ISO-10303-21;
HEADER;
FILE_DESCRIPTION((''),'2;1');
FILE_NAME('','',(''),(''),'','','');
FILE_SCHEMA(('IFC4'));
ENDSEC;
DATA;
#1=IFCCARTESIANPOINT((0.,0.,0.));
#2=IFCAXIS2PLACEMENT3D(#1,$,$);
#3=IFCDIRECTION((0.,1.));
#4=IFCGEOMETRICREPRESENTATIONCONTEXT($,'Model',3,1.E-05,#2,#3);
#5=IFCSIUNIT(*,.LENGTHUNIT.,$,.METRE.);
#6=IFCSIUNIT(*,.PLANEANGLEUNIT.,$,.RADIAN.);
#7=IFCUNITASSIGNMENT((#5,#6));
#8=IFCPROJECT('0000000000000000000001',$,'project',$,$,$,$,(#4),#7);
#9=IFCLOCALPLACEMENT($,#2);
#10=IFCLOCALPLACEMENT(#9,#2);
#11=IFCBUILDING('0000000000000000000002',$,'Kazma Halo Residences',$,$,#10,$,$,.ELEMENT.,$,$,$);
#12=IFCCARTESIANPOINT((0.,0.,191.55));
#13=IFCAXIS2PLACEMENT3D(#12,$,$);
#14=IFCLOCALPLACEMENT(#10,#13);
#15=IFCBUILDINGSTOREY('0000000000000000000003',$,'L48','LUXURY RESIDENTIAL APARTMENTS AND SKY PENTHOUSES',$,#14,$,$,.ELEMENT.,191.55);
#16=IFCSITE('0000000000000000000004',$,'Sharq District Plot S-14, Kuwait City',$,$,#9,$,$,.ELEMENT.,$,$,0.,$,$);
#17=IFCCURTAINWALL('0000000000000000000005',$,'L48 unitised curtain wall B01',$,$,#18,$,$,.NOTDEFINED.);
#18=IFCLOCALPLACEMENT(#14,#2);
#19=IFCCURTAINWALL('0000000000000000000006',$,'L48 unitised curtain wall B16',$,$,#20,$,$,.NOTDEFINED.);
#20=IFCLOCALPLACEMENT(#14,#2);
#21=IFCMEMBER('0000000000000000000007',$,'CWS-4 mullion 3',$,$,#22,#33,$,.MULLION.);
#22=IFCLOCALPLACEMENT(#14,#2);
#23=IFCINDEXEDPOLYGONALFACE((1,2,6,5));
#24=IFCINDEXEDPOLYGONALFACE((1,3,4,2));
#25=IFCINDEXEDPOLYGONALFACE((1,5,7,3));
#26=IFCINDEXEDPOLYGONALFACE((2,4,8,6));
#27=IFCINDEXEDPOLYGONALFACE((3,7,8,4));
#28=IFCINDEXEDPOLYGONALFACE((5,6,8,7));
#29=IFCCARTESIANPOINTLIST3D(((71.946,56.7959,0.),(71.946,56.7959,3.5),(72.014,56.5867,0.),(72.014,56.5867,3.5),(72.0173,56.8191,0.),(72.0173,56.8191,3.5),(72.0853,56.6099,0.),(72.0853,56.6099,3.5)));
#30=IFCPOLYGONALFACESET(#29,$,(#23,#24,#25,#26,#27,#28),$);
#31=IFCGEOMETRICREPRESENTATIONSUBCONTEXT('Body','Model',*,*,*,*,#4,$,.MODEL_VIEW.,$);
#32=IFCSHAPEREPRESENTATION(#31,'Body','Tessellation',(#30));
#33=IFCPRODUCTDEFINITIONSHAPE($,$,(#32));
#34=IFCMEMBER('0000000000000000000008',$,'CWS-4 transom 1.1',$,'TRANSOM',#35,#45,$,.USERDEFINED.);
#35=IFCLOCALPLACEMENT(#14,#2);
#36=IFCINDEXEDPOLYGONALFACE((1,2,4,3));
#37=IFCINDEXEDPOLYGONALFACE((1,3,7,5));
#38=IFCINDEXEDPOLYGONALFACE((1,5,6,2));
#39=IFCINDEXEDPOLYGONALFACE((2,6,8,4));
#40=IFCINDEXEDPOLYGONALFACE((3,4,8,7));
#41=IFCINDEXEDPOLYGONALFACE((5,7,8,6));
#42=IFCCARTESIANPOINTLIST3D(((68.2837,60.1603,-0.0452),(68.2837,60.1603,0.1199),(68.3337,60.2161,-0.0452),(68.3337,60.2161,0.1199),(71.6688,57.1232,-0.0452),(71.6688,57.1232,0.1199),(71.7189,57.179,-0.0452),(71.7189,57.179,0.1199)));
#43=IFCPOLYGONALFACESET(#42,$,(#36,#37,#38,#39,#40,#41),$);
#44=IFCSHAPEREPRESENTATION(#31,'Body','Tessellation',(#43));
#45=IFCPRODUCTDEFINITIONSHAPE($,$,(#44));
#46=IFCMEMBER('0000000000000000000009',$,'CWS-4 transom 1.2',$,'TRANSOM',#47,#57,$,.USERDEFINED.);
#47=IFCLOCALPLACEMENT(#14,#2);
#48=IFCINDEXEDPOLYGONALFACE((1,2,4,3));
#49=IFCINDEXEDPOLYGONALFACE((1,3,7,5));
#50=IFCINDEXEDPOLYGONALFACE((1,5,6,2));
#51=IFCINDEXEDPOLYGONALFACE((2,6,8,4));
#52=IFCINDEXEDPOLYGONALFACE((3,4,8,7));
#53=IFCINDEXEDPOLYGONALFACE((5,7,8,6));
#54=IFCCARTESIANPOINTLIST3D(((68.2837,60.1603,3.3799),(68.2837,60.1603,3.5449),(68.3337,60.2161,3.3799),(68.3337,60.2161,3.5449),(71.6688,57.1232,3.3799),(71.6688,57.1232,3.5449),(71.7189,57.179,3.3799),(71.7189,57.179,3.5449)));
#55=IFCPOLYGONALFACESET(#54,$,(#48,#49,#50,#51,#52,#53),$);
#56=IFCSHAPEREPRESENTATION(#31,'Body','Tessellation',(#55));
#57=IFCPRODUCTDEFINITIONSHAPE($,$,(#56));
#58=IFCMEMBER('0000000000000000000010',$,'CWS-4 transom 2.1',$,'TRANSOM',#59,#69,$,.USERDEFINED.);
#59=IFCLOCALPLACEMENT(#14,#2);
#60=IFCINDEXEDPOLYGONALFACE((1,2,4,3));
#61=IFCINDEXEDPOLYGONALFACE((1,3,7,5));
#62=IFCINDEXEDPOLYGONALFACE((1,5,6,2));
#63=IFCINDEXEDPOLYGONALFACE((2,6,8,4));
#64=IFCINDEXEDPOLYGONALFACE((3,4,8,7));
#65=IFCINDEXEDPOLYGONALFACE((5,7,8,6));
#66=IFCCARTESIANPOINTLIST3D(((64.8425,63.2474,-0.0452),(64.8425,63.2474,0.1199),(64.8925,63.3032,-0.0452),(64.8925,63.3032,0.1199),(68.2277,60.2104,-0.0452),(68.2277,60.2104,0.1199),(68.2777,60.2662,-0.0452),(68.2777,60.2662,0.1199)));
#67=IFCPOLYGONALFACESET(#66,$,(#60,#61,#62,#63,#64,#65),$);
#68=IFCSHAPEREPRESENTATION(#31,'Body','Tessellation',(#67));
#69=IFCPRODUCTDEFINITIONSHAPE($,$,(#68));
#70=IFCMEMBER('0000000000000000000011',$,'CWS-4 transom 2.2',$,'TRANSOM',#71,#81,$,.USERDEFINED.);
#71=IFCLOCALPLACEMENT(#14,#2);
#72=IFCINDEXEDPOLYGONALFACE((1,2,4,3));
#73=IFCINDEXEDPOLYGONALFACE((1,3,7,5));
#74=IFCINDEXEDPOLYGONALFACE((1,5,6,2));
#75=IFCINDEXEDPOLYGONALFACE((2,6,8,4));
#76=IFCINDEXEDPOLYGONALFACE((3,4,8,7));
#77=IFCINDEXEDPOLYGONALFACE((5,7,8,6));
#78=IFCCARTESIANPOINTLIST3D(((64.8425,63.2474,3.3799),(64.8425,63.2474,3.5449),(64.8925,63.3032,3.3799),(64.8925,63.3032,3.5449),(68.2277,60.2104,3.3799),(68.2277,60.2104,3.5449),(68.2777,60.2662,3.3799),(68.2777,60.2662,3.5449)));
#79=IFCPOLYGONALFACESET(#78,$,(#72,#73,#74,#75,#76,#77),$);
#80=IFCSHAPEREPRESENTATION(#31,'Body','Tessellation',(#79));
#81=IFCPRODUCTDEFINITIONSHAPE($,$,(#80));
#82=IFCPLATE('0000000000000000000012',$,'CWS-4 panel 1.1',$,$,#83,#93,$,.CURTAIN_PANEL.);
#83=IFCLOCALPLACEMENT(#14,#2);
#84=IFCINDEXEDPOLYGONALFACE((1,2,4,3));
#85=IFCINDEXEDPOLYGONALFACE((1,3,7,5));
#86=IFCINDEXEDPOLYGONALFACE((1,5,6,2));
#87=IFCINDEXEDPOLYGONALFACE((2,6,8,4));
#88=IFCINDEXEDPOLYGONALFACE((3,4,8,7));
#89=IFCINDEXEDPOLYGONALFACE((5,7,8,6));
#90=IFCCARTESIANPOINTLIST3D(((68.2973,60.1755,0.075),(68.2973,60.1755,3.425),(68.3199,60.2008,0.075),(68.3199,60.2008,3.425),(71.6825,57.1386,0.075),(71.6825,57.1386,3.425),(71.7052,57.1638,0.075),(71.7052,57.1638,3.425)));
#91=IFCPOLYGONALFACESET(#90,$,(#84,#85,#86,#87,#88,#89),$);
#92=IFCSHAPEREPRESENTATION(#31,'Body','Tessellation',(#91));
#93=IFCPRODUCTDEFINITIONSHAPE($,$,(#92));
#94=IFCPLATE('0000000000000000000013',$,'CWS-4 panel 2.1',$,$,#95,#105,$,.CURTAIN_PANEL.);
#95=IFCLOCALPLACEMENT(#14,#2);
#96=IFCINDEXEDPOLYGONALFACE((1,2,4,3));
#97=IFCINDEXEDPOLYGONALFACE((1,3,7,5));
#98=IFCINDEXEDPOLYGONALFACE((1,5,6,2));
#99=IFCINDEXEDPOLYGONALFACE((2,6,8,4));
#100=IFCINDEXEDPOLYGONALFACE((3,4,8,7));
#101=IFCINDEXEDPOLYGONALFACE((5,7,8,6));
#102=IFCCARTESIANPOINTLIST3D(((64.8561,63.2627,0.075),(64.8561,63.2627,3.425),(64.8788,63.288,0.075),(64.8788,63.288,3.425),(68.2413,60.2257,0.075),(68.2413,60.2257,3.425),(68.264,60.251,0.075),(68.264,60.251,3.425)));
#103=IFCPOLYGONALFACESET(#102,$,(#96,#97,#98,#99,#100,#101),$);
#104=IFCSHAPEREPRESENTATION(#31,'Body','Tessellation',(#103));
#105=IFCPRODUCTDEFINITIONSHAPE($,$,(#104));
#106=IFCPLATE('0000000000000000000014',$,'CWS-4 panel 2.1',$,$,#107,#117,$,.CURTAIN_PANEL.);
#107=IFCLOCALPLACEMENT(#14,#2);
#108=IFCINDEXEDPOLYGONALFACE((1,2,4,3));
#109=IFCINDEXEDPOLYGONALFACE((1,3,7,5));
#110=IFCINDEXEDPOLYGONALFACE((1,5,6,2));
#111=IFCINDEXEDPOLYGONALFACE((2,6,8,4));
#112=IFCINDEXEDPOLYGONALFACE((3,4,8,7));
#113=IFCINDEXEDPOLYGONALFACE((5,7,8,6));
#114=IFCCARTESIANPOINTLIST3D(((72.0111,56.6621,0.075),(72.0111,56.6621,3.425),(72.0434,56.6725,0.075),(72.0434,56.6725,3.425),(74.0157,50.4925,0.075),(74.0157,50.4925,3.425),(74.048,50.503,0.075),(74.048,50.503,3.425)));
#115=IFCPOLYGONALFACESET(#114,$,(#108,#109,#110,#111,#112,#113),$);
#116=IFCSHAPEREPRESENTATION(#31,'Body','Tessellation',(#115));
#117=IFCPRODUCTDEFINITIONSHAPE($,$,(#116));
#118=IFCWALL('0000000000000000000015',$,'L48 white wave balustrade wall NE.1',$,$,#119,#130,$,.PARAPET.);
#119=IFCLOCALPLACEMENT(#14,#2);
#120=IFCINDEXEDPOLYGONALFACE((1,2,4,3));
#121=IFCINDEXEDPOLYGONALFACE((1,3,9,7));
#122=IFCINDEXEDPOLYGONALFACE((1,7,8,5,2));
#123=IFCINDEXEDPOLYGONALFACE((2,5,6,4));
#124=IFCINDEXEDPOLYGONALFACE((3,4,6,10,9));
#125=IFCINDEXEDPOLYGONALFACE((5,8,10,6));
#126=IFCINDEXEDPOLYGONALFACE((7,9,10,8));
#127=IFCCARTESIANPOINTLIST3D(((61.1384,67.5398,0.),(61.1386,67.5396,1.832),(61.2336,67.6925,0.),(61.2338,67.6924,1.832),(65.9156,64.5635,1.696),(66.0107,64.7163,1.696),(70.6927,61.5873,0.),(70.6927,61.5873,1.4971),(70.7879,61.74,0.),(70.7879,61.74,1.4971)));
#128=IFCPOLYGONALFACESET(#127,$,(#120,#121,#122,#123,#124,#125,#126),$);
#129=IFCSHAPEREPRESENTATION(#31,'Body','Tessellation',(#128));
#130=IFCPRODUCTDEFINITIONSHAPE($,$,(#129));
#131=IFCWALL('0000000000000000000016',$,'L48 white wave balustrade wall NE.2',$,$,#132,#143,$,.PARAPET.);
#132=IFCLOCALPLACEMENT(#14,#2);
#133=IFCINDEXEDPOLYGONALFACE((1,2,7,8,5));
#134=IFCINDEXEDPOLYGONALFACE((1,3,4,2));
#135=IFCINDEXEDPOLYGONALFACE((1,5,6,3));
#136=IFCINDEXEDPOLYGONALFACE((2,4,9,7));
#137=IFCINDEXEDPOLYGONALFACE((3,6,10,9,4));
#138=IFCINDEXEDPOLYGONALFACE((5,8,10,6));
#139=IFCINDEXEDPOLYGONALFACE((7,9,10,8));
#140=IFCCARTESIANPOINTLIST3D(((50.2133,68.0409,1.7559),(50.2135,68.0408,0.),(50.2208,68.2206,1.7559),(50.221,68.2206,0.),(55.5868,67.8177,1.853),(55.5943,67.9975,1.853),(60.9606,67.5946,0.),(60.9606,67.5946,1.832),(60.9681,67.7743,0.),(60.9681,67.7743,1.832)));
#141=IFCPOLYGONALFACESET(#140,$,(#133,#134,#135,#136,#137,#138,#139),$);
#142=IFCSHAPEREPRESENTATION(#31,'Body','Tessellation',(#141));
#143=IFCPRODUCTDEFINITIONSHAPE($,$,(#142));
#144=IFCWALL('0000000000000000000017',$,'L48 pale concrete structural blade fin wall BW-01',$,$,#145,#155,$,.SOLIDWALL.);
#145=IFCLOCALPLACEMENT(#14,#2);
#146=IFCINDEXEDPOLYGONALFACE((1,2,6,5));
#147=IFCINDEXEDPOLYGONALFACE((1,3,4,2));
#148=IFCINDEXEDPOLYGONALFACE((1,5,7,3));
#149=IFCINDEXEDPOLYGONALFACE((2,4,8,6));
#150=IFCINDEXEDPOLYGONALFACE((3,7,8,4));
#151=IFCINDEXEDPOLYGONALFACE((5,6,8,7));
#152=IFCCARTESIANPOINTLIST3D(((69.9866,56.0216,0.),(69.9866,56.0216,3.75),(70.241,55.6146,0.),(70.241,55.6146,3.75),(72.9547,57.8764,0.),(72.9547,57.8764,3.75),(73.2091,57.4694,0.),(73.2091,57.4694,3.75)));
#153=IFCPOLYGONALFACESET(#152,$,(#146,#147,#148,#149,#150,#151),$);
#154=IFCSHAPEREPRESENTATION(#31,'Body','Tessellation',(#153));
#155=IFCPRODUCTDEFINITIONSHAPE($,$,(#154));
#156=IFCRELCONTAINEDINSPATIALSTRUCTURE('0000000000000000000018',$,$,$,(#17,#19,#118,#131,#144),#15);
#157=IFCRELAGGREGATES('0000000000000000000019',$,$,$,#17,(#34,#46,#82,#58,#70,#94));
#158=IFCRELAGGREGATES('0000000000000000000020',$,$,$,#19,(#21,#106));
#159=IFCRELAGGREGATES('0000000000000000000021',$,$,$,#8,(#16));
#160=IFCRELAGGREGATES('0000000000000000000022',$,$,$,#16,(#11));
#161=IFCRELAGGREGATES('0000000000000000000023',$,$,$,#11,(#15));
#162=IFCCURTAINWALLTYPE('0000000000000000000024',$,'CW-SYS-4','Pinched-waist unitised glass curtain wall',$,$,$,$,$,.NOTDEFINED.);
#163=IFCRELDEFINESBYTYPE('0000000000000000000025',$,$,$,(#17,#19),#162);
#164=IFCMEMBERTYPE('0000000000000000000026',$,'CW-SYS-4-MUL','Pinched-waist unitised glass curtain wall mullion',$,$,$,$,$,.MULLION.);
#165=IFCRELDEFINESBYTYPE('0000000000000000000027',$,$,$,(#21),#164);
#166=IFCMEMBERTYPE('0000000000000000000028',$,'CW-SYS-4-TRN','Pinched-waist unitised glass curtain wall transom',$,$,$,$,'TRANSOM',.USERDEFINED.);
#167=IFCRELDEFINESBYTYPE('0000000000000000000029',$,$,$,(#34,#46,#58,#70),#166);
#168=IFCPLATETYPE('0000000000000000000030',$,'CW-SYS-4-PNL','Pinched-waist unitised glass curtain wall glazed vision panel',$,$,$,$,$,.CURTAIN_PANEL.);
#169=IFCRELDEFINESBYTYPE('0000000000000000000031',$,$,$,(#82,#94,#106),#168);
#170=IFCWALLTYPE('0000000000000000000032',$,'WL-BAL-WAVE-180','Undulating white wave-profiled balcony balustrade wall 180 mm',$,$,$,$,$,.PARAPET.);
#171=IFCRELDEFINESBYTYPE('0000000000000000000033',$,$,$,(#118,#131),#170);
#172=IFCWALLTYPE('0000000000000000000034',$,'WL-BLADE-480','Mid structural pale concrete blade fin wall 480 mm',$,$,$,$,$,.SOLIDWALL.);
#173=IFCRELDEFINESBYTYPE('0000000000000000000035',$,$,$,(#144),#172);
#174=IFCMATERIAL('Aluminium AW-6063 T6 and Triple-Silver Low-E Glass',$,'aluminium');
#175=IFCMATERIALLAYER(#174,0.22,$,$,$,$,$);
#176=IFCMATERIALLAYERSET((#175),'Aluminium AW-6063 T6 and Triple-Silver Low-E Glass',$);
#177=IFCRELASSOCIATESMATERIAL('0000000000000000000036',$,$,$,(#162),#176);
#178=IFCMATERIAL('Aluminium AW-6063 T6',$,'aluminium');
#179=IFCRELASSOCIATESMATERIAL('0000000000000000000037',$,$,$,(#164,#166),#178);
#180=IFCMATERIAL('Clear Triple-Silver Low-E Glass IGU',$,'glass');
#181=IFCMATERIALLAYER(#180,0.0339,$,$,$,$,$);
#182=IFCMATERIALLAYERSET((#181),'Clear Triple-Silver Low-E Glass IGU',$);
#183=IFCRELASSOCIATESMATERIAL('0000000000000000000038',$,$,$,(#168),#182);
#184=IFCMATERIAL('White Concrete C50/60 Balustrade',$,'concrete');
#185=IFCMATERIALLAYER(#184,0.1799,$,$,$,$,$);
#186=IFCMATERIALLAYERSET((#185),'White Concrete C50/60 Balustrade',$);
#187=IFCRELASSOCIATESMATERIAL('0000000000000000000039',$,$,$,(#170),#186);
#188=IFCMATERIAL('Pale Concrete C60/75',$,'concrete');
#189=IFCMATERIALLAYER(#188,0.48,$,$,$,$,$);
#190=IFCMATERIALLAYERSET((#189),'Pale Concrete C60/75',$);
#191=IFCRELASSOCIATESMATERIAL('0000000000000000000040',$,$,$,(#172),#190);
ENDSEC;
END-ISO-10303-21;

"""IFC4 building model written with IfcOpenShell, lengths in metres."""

from ifc_helpers import new_model, si_unit, direction, frame, frame_2d, origin, origin_2d, place, context, subcontext, project, spatial, polyline, rectangle, outline, extrude, material, layer, layer_set, material_profile, profile_set, type_object, element, aggregate, save


model = new_model("IFC4")

# Units and contexts
model_context = context("Model", 3, precision=1e-05, world=origin(), true_north=direction((0.0, 1.0)))
body_context = subcontext(model_context, "Body", "Model", "MODEL_VIEW")
ifc_project = project(units=[si_unit("LENGTHUNIT", "METRE"), si_unit("PLANEANGLEUNIT", "RADIAN")], contexts=[model_context])

# Site, building, storey
site_placement = place(None, origin())
site = spatial("IfcSite", under=ifc_project, at=site_placement, Name="Sharq District Plot S-14, Kuwait City", CompositionType="ELEMENT", RefElevation=0.0)
building_placement = place(site_placement, origin())
building = spatial("IfcBuilding", under=site, at=building_placement, Name="Kazma Halo Residences", CompositionType="ELEMENT")
storey_placement = place(building_placement, frame((0.0, 0.0, 191.55)))
storey = spatial("IfcBuildingStorey", under=building, at=storey_placement, Name="L48", Description="LUXURY RESIDENTIAL APARTMENTS AND SKY PENTHOUSES", CompositionType="ELEMENT", Elevation=191.55)

# Curtain wall
ifc_material_1 = material(Name="Aluminium AW-6063 T6 and Triple-Silver Low-E Glass", Category="aluminium")
ifc_layer_1 = layer(ifc_material_1, 0.22)
ifc_layer_set_1 = layer_set([ifc_layer_1], Name="Aluminium AW-6063 T6 and Triple-Silver Low-E Glass")
curtain_wall_type = type_object("IfcCurtainWallType", Name="CW-SYS-4", Description="Pinched-waist unitised glass curtain wall", PredefinedType="NOTDEFINED", material=ifc_layer_set_1)
curtain_wall_1_placement = place(storey_placement, origin())
curtain_wall_1 = element("IfcCurtainWall", 1, at=curtain_wall_1_placement, inside=storey, type_object=curtain_wall_type, Name="L48 unitised curtain wall B01", PredefinedType="NOTDEFINED")
ifc_material_2 = material(Name="Aluminium AW-6063 T6", Category="aluminium")
ifc_material_profile_1 = material_profile(ifc_material_2, rectangle(XDim=0.075, YDim=0.22, at=origin_2d()), Name="CWM-75x220")
ifc_profile_set_1 = profile_set([ifc_material_profile_1], Name="Aluminium AW-6063 T6")
member_type_1 = type_object("IfcMemberType", Name="CW-SYS-4-MUL", Description="Pinched-waist unitised glass curtain wall mullion", PredefinedType="MULLION", material=ifc_profile_set_1)

# Curtain wall, member
curtain_wall_2_placement = place(storey_placement, origin())
curtain_wall_2 = element("IfcCurtainWall", 2, at=curtain_wall_2_placement, inside=storey, type_object=curtain_wall_type, Name="L48 unitised curtain wall B16", PredefinedType="NOTDEFINED")
member_1_placement = place(storey_placement, frame((72.0156, 56.7029, 0.0), z_axis=(0.0, 0.0, 1.0), x_axis=(-0.951057, -0.309016, 0.0)))
member_1 = element("IfcMember", 3, at=member_1_placement, type_object=member_type_1, Name="CWS-4 mullion 3", PredefinedType="MULLION", context=body_context, shape_type="SweptSolid", body=[
    extrude(rectangle(XDim=0.075, YDim=0.22, at=origin_2d()), origin(), (0.0, 0.0, 1.0), 3.5),
])

# Members
ifc_material_profile_2 = material_profile(ifc_material_2, rectangle(XDim=0.075, YDim=0.165, at=origin_2d()), Name="CWT-75x165")
ifc_profile_set_2 = profile_set([ifc_material_profile_2], Name="Aluminium AW-6063 T6")
member_type_2 = type_object("IfcMemberType", Name="CW-SYS-4-TRN", Description="Pinched-waist unitised glass curtain wall transom", ElementType="TRANSOM", PredefinedType="USERDEFINED", material=ifc_profile_set_2)
member_2_placement = place(storey_placement, frame((71.6938, 57.1511, 0.0374), z_axis=(-0.744345, 0.667795, 0.0), x_axis=(-0.667795, -0.744345, 0.0)))
member_2 = element("IfcMember", 4, at=member_2_placement, type_object=member_type_2, Name="CWS-4 transom 1.1", ObjectType="TRANSOM", PredefinedType="USERDEFINED", context=body_context, shape_type="SweptSolid", body=[
    extrude(rectangle(XDim=0.075, YDim=0.165, at=origin_2d()), origin(), (0.0, 0.0, 1.0), 4.5479),
])
member_3_placement = place(storey_placement, frame((71.6938, 57.1511, 3.4624), z_axis=(-0.744345, 0.667795, 0.0), x_axis=(-0.667795, -0.744345, 0.0)))
member_3 = element("IfcMember", 5, at=member_3_placement, type_object=member_type_2, Name="CWS-4 transom 1.2", ObjectType="TRANSOM", PredefinedType="USERDEFINED", context=body_context, shape_type="SweptSolid", body=[
    extrude(rectangle(XDim=0.075, YDim=0.165, at=origin_2d()), origin(), (0.0, 0.0, 1.0), 4.5479),
])
member_4_placement = place(storey_placement, frame((68.2527, 60.2383, 0.0374), z_axis=(-0.744345, 0.667795, 0.0), x_axis=(-0.667795, -0.744345, 0.0)))
member_4 = element("IfcMember", 6, at=member_4_placement, type_object=member_type_2, Name="CWS-4 transom 2.1", ObjectType="TRANSOM", PredefinedType="USERDEFINED", context=body_context, shape_type="SweptSolid", body=[
    extrude(rectangle(XDim=0.075, YDim=0.165, at=origin_2d()), origin(), (0.0, 0.0, 1.0), 4.5479),
])
member_5_placement = place(storey_placement, frame((68.2527, 60.2383, 3.4624), z_axis=(-0.744345, 0.667795, 0.0), x_axis=(-0.667795, -0.744345, 0.0)))
member_5 = element("IfcMember", 7, at=member_5_placement, type_object=member_type_2, Name="CWS-4 transom 2.2", ObjectType="TRANSOM", PredefinedType="USERDEFINED", context=body_context, shape_type="SweptSolid", body=[
    extrude(rectangle(XDim=0.075, YDim=0.165, at=origin_2d()), origin(), (0.0, 0.0, 1.0), 4.5479),
])

# Plates
ifc_material_3 = material(Name="Clear Triple-Silver Low-E Glass IGU", Category="glass")
ifc_layer_2 = layer(ifc_material_3, 0.0339)
ifc_layer_set_2 = layer_set([ifc_layer_2], Name="Clear Triple-Silver Low-E Glass IGU")
plate_type = type_object("IfcPlateType", Name="CW-SYS-4-PNL", Description="Pinched-waist unitised glass curtain wall glazed vision panel", PredefinedType="CURTAIN_PANEL", material=ifc_layer_set_2)
plate_1_placement = place(storey_placement, frame((70.0012, 58.6697, 0.075), z_axis=(0.0, 0.0, 1.0), x_axis=(-0.744355, 0.667784, 0.0)))
plate_1 = element("IfcPlate", 8, at=plate_1_placement, type_object=plate_type, Name="CWS-4 panel 1.1", PredefinedType="CURTAIN_PANEL", context=body_context, shape_type="SweptSolid", body=[
    extrude(rectangle(XDim=4.5479, YDim=0.0339, at=origin_2d()), origin(), (0.0, 0.0, 1.0), 3.3501),
])
plate_2_placement = place(storey_placement, frame((66.5601, 61.7568, 0.075), z_axis=(0.0, 0.0, 1.0), x_axis=(-0.744355, 0.667784, 0.0)))
plate_2 = element("IfcPlate", 9, at=plate_2_placement, type_object=plate_type, Name="CWS-4 panel 2.1", PredefinedType="CURTAIN_PANEL", context=body_context, shape_type="SweptSolid", body=[
    extrude(rectangle(XDim=4.5479, YDim=0.0339, at=origin_2d()), origin(), (0.0, 0.0, 1.0), 3.3501),
])
aggregate(curtain_wall_1, [member_2, member_3, plate_1, member_4, member_5, plate_2])
plate_3_placement = place(storey_placement, frame((73.0295, 53.5825, 0.075), z_axis=(0.0, 0.0, 1.0), x_axis=(-0.309016, 0.951057, 0.0)))
plate_3 = element("IfcPlate", 10, at=plate_3_placement, type_object=plate_type, Name="CWS-4 panel 2.1", PredefinedType="CURTAIN_PANEL", context=body_context, shape_type="SweptSolid", body=[
    extrude(rectangle(XDim=6.4871, YDim=0.0339, at=origin_2d()), origin(), (0.0, 0.0, 1.0), 3.3501),
])
aggregate(curtain_wall_2, [member_1, plate_3])

# Walls
ifc_material_4 = material(Name="White Concrete C50/60 Balustrade", Category="concrete")
ifc_layer_3 = layer(ifc_material_4, 0.1799)
ifc_layer_set_3 = layer_set([ifc_layer_3], Name="White Concrete C50/60 Balustrade")
wall_type_1 = type_object("IfcWallType", Name="WL-BAL-WAVE-180", Description="Undulating white wave-profiled balcony balustrade wall 180 mm", PredefinedType="PARAPET", material=ifc_layer_set_3)
wall_1_placement = place(storey_placement, frame((70.7402, 61.6636, 0.0), z_axis=(0.0, 0.0, 1.0), x_axis=(-0.848755, 0.528786, 0.0)))
element("IfcWall", 11, at=wall_1_placement, inside=storey, type_object=wall_type_1, Name="L48 white wave balustrade wall NE.1", PredefinedType="PARAPET", context=body_context, shape_type="SweptSolid", body=[
    extrude(outline(polyline([(0.0, 0.0), (11.2568, 0.0), (11.2566, 1.832), (5.6284, 1.696), (0.0, 1.4971), (0.0, 0.0)])), frame((0.0, 0.0898, 0.0), z_axis=(0.0, -1.0, 0.0), x_axis=(1.0, 0.0, 0.0)), (0.0, 0.0, 1.0), 0.1799),
])
wall_2_placement = place(storey_placement, frame((60.9644, 67.6843, 0.0), z_axis=(0.0, 0.0, 1.0), x_axis=(-0.999139, 0.041491, 0.0)))
element("IfcWall", 12, at=wall_2_placement, inside=storey, type_object=wall_type_1, Name="L48 white wave balustrade wall NE.2", PredefinedType="PARAPET", context=body_context, shape_type="SweptSolid", body=[
    extrude(outline(polyline([(0.0, 0.0), (10.7563, 0.0), (10.7566, 1.7559), (5.3784, 1.853), (0.0, 1.832), (0.0, 0.0)])), frame((0.0, 0.0898, 0.0), z_axis=(0.0, -1.0, 0.0), x_axis=(1.0, 0.0, 0.0)), (0.0, 0.0, 1.0), 0.1799),
])
ifc_material_5 = material(Name="Pale Concrete C60/75", Category="concrete")
ifc_layer_4 = layer(ifc_material_5, 0.48)
ifc_layer_set_4 = layer_set([ifc_layer_4], Name="Pale Concrete C60/75")
wall_type_2 = type_object("IfcWallType", Name="WL-BLADE-480", Description="Mid structural pale concrete blade fin wall 480 mm", PredefinedType="SOLIDWALL", material=ifc_layer_set_4)
wall_3_placement = place(storey_placement, frame((70.1138, 55.8181, 0.0), z_axis=(0.0, 0.0, 1.0), x_axis=(0.848034, 0.529943, 0.0)))
element("IfcWall", 13, at=wall_3_placement, inside=storey, type_object=wall_type_2, Name="L48 pale concrete structural blade fin wall BW-01", PredefinedType="SOLIDWALL", context=body_context, shape_type="SweptSolid", body=[
    extrude(rectangle(XDim=3.5, YDim=0.48, at=frame_2d((1.75, 0.0))), origin(), (0.0, 0.0, 1.0), 3.75),
])

save(model, "model.ifc")
